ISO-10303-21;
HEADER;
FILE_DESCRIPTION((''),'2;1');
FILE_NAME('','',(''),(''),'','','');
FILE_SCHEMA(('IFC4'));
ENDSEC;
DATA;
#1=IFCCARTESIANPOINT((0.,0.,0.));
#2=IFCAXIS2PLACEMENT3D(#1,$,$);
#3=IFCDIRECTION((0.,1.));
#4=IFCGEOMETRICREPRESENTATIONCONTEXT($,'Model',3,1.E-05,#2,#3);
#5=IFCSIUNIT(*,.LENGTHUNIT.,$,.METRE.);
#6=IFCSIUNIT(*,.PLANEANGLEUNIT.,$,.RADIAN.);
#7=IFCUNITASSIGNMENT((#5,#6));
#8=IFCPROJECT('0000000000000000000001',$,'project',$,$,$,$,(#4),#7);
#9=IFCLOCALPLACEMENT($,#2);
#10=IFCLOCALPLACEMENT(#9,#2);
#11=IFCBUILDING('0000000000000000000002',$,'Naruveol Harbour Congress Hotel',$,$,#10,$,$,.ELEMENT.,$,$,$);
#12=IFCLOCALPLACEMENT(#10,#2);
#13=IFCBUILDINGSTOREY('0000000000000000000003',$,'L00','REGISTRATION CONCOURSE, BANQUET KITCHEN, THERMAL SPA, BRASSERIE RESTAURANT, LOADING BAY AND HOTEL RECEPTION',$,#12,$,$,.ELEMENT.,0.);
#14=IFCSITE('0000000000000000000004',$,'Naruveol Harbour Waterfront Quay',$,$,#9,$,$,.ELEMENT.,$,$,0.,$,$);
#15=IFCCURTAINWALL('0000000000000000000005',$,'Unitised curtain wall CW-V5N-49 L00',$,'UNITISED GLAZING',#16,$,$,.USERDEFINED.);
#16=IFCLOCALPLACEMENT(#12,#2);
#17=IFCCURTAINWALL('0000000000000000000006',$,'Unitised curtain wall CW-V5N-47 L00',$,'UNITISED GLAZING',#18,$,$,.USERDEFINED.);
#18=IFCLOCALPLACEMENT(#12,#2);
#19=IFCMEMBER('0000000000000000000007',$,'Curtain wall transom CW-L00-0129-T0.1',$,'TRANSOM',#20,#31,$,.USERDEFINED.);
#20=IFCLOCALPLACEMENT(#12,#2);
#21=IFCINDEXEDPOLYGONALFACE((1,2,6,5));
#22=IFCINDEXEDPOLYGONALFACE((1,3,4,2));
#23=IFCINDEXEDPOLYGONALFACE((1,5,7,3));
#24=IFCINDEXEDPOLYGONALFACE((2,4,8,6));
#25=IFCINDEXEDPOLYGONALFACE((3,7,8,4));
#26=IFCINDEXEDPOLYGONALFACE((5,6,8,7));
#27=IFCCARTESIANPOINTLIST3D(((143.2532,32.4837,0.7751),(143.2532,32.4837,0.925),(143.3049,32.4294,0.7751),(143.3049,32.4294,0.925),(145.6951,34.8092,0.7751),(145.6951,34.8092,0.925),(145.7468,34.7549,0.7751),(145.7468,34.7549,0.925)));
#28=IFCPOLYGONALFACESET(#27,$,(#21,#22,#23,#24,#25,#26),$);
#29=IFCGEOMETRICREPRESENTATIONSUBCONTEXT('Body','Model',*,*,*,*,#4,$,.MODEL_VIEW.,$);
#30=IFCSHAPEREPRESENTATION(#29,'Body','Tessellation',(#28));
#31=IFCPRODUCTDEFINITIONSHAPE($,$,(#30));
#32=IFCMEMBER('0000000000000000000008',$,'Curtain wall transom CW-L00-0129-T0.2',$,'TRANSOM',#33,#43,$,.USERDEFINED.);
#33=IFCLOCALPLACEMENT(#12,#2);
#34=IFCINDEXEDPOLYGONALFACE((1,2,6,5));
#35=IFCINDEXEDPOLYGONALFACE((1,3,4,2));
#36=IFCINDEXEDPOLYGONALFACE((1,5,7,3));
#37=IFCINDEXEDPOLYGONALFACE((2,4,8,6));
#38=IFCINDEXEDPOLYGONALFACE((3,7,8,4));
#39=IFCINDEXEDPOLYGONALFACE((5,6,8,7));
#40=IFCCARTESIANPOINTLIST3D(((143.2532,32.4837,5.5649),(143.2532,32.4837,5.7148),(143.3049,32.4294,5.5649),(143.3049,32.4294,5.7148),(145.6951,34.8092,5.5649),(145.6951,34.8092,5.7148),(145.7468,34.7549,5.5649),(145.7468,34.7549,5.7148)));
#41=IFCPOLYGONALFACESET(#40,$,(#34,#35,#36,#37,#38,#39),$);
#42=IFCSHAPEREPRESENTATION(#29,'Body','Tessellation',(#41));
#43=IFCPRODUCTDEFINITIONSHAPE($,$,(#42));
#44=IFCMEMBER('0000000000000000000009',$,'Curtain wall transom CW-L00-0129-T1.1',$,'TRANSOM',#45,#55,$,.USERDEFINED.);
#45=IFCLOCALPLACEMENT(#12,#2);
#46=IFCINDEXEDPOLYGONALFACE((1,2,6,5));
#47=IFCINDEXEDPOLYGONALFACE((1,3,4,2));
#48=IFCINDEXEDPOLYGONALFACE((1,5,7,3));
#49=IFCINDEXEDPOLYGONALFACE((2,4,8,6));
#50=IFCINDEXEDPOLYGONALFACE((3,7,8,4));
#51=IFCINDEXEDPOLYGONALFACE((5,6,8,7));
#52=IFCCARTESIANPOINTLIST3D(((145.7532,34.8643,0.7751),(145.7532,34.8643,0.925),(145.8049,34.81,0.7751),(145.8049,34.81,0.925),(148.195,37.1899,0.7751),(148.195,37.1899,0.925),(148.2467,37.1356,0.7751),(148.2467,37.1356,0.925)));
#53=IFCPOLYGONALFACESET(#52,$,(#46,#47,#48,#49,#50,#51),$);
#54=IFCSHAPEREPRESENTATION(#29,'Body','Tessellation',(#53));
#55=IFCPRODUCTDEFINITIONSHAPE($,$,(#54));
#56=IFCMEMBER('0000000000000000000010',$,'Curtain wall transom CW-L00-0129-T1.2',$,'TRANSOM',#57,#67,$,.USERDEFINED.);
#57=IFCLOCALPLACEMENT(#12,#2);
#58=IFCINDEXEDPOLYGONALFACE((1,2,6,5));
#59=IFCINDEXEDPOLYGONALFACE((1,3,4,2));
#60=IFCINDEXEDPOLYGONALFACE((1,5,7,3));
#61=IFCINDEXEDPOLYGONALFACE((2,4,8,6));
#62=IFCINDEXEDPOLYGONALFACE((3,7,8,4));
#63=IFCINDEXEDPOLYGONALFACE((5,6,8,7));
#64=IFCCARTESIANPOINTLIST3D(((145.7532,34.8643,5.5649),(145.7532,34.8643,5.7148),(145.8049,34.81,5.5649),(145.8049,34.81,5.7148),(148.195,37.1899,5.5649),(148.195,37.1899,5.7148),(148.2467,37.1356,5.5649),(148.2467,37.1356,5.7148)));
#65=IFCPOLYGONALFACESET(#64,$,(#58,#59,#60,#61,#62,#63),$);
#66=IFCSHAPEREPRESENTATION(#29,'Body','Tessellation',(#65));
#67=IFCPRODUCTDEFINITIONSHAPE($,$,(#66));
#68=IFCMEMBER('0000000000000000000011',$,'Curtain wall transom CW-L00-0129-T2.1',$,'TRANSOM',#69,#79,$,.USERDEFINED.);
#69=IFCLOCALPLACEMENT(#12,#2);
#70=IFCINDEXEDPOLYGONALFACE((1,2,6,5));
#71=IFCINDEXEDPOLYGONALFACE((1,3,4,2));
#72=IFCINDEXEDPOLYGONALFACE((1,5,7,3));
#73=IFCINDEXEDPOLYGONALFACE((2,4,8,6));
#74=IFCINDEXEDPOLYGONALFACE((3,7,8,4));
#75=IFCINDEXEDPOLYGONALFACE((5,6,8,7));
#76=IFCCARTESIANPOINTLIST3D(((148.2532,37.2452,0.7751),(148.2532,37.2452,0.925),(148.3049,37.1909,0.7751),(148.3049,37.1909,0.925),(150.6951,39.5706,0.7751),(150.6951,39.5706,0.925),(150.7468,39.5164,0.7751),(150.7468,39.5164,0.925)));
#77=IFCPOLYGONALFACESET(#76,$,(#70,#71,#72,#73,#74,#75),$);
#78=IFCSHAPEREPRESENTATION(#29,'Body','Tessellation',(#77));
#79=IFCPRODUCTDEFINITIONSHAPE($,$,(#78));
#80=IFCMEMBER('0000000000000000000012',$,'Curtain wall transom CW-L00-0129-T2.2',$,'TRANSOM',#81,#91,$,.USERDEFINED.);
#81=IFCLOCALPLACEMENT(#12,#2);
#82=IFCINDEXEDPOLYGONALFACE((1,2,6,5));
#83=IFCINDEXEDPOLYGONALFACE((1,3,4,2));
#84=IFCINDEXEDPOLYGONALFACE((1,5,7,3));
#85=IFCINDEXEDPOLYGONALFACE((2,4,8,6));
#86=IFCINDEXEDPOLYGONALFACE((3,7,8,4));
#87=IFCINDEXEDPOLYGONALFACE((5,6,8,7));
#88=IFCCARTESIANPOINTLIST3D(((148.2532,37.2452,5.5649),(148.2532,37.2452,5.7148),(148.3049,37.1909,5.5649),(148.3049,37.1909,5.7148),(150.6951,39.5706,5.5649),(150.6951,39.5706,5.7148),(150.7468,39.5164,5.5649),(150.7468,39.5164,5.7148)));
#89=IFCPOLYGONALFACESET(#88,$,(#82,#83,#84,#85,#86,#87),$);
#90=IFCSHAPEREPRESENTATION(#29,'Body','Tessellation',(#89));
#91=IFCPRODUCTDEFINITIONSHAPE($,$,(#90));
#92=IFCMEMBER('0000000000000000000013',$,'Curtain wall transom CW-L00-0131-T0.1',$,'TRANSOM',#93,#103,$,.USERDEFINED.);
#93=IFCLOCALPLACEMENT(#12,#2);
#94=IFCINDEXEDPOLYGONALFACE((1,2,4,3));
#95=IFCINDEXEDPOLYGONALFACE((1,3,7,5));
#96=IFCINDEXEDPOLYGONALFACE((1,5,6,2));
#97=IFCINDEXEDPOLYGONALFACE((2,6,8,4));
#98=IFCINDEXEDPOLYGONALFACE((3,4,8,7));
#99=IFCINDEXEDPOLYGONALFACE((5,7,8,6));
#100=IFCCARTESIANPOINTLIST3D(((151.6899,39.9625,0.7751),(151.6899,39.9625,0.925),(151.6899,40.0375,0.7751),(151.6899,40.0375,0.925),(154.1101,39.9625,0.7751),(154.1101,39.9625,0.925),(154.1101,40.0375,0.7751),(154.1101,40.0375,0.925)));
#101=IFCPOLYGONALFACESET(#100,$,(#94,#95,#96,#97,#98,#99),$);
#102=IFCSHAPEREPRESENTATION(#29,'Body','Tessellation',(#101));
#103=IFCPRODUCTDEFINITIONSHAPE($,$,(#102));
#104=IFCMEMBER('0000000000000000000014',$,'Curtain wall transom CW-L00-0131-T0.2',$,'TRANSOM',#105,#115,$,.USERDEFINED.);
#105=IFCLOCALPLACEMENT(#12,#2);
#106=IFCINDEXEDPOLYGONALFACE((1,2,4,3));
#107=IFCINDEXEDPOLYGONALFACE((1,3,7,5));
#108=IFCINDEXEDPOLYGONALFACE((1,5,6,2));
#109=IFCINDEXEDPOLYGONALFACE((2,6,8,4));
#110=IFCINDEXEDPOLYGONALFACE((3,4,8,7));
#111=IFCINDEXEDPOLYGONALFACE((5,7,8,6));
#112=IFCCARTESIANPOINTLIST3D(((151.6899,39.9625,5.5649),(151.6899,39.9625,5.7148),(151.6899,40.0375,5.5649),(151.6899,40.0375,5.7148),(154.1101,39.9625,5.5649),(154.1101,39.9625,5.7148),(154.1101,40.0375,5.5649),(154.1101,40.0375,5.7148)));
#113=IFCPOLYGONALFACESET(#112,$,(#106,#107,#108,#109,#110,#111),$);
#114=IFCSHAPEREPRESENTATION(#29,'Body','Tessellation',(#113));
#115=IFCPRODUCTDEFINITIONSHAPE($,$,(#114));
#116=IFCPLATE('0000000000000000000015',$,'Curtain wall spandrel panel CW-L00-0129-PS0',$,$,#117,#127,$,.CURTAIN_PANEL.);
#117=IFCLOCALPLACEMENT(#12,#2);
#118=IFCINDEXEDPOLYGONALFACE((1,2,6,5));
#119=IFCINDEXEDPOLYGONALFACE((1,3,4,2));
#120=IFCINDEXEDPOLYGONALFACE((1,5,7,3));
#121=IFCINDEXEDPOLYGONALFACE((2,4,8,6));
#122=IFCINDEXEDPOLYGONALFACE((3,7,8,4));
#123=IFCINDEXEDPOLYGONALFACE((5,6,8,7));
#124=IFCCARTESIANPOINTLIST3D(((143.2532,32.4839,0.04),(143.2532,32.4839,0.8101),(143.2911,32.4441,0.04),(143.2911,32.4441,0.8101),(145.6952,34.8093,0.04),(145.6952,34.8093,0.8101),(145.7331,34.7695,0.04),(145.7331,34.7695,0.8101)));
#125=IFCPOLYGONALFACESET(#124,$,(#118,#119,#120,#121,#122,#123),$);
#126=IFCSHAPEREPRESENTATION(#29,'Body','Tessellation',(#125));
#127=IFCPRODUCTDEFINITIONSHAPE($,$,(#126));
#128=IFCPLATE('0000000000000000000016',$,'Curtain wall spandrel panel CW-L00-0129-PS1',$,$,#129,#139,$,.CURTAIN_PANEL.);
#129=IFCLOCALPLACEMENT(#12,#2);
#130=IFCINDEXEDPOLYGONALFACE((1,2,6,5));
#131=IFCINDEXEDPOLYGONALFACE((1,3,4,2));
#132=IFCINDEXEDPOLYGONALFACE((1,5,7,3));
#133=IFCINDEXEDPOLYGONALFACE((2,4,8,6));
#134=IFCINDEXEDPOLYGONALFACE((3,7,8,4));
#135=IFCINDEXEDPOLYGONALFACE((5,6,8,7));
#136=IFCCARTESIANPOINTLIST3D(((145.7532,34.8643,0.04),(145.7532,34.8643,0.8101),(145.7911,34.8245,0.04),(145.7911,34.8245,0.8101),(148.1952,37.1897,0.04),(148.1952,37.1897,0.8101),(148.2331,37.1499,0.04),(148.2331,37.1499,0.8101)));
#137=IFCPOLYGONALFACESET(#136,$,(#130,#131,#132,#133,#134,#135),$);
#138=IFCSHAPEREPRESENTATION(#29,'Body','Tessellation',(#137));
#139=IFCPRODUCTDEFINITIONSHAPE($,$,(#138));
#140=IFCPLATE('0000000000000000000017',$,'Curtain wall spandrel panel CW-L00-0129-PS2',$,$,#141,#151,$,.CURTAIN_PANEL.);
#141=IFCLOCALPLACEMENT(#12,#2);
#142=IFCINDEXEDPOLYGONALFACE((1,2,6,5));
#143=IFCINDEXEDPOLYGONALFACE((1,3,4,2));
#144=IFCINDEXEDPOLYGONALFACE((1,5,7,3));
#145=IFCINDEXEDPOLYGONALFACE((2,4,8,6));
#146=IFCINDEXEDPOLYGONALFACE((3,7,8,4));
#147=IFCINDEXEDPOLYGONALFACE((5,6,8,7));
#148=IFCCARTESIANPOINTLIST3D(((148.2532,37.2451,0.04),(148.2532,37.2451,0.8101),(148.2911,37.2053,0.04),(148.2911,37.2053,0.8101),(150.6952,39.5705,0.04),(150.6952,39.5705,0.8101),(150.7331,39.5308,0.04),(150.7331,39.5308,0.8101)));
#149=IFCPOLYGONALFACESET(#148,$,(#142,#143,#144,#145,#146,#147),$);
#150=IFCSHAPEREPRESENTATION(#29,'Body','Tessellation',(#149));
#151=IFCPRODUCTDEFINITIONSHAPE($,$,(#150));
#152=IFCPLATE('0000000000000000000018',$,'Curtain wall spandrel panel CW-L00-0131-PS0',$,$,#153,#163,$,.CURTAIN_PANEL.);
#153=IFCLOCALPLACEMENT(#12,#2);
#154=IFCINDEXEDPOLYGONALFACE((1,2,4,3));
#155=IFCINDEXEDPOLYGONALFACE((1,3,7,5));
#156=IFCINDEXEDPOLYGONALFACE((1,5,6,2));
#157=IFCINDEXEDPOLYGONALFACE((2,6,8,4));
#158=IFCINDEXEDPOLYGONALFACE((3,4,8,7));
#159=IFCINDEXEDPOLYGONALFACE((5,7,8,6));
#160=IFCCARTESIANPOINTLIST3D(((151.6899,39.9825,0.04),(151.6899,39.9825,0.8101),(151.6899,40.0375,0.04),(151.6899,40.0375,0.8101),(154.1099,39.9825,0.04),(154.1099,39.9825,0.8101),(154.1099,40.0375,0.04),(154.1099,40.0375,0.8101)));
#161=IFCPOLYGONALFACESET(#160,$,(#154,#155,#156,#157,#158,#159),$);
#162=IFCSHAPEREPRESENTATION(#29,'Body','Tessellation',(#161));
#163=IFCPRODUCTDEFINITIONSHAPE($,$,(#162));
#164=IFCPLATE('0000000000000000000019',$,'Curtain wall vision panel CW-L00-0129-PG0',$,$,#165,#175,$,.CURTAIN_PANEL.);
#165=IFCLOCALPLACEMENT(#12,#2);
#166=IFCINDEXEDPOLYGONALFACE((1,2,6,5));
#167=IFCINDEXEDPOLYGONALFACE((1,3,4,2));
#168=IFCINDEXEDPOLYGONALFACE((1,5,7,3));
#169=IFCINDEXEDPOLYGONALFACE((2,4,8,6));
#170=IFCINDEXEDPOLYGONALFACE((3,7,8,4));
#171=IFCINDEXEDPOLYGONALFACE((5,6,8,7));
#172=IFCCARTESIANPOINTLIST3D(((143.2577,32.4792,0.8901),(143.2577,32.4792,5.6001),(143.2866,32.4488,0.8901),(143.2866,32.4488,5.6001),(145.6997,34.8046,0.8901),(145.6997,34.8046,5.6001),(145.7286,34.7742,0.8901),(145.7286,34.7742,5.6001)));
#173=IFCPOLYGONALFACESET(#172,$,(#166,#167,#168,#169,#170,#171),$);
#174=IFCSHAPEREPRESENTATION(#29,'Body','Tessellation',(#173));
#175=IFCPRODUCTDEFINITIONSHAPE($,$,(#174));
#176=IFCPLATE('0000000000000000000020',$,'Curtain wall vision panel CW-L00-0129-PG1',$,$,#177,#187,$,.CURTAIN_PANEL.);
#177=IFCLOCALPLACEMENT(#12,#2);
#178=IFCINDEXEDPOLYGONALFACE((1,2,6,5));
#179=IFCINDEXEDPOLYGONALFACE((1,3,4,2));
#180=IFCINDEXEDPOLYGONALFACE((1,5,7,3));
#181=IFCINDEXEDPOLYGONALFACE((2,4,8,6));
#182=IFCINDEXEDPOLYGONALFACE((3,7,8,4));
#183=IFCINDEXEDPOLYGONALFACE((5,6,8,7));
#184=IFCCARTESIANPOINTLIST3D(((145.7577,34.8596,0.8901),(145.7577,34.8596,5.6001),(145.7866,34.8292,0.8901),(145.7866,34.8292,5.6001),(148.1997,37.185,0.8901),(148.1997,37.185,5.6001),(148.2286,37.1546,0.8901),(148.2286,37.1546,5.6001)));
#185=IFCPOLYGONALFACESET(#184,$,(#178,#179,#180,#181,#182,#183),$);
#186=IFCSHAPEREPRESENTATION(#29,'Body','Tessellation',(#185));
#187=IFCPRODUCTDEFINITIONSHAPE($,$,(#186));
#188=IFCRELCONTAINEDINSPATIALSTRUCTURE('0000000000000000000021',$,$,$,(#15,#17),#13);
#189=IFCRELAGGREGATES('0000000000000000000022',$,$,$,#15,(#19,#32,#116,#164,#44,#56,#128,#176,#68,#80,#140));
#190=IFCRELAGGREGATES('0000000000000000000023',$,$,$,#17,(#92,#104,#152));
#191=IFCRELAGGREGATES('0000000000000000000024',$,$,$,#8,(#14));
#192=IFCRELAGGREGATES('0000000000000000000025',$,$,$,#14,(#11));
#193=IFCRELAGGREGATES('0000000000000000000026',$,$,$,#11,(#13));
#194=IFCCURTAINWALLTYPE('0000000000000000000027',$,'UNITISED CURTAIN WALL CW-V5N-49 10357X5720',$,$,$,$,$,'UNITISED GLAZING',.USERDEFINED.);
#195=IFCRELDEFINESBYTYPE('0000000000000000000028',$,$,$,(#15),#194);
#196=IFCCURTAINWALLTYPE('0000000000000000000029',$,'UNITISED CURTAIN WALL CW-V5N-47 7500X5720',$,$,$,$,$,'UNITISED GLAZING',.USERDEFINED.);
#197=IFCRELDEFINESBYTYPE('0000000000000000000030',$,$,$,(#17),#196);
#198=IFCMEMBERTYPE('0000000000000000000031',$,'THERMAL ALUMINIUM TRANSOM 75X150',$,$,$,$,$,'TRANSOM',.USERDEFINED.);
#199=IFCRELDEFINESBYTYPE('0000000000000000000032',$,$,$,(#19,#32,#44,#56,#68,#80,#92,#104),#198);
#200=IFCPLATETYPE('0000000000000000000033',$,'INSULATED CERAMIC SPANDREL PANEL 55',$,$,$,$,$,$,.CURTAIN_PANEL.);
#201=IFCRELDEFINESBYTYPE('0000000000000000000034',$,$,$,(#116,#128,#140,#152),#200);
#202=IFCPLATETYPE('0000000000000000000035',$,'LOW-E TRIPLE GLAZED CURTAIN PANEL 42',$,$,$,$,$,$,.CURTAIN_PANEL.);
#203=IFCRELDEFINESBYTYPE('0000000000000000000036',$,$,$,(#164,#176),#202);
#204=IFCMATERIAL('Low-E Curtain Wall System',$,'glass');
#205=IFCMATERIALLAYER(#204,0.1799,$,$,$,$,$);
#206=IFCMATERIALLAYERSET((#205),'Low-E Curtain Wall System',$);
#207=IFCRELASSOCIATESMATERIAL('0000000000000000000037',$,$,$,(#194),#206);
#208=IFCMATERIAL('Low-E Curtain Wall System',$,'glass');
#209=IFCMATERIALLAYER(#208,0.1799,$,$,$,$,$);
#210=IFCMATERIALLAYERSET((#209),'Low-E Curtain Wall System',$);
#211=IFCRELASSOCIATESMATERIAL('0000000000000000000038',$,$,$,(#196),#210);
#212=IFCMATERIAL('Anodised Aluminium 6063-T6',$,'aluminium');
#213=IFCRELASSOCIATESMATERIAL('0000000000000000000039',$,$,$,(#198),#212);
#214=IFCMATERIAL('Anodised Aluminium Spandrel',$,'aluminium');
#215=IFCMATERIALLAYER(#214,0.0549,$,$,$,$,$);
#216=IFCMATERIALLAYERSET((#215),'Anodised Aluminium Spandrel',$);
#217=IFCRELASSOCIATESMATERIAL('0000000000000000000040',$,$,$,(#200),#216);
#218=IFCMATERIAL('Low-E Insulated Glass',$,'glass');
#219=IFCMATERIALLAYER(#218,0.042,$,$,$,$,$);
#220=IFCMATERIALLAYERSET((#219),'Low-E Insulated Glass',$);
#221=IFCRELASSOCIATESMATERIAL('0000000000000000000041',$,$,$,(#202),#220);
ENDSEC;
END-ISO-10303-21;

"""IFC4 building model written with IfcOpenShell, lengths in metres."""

from ifc_helpers import new_model, si_unit, direction, frame, origin, origin_2d, place, context, subcontext, project, spatial, rectangle, extrude, material, layer, layer_set, material_profile, profile_set, type_object, element, aggregate, save


model = new_model("IFC4")

# Units and contexts
model_context = context("Model", 3, precision=1e-05, world=origin(), true_north=direction((0.0, 1.0)))
body_context = subcontext(model_context, "Body", "Model", "MODEL_VIEW")
ifc_project = project(units=[si_unit("LENGTHUNIT", "METRE"), si_unit("PLANEANGLEUNIT", "RADIAN")], contexts=[model_context])

# Site, building, storey
site_placement = place(None, origin())
site = spatial("IfcSite", under=ifc_project, at=site_placement, Name="Naruveol Harbour Waterfront Quay", CompositionType="ELEMENT", RefElevation=0.0)
building_placement = place(site_placement, origin())
building = spatial("IfcBuilding", under=site, at=building_placement, Name="Naruveol Harbour Congress Hotel", CompositionType="ELEMENT")
storey_placement = place(building_placement, origin())
storey = spatial("IfcBuildingStorey", under=building, at=storey_placement, Name="L00", Description="REGISTRATION CONCOURSE, BANQUET KITCHEN, THERMAL SPA, BRASSERIE RESTAURANT, LOADING BAY AND HOTEL RECEPTION", CompositionType="ELEMENT", Elevation=0.0)

# Curtain wall
ifc_material_1 = material(Name="Low-E Curtain Wall System", Category="glass")
ifc_layer_1 = layer(ifc_material_1, 0.1799)
ifc_layer_set_1 = layer_set([ifc_layer_1], Name="Low-E Curtain Wall System")
curtain_wall_type_1 = type_object("IfcCurtainWallType", Name="UNITISED CURTAIN WALL CW-V5N-49 10357X5720", ElementType="UNITISED GLAZING", PredefinedType="USERDEFINED", material=ifc_layer_set_1)
curtain_wall_1_placement = place(storey_placement, origin())
curtain_wall_1 = element("IfcCurtainWall", 1, at=curtain_wall_1_placement, inside=storey, type_object=curtain_wall_type_1, Name="Unitised curtain wall CW-V5N-49 L00", ObjectType="UNITISED GLAZING", PredefinedType="USERDEFINED")

# Curtain wall
ifc_material_2 = material(Name="Low-E Curtain Wall System", Category="glass")
ifc_layer_2 = layer(ifc_material_2, 0.1799)
ifc_layer_set_2 = layer_set([ifc_layer_2], Name="Low-E Curtain Wall System")
curtain_wall_type_2 = type_object("IfcCurtainWallType", Name="UNITISED CURTAIN WALL CW-V5N-47 7500X5720", ElementType="UNITISED GLAZING", PredefinedType="USERDEFINED", material=ifc_layer_set_2)
curtain_wall_2_placement = place(storey_placement, origin())
curtain_wall_2 = element("IfcCurtainWall", 2, at=curtain_wall_2_placement, inside=storey, type_object=curtain_wall_type_2, Name="Unitised curtain wall CW-V5N-47 L00", ObjectType="UNITISED GLAZING", PredefinedType="USERDEFINED")

# Members
ifc_material_3 = material(Name="Anodised Aluminium 6063-T6", Category="aluminium")
ifc_material_profile_1 = material_profile(ifc_material_3, rectangle(XDim=0.075, YDim=0.1499, at=origin_2d()), Name="ALU-75x150")
ifc_profile_set_1 = profile_set([ifc_material_profile_1], Name="Anodised Aluminium 6063-T6")
member_type_1 = type_object("IfcMemberType", Name="THERMAL ALUMINIUM TRANSOM 75X150", ElementType="TRANSOM", PredefinedType="USERDEFINED", material=ifc_profile_set_1)
member_1_placement = place(storey_placement, frame((143.2791, 32.4565, 0.8501), z_axis=(0.724164, 0.689628, 0.0), x_axis=(-0.689628, 0.724164, 0.0)))
member_1 = element("IfcMember", 3, at=member_1_placement, type_object=member_type_1, Name="Curtain wall transom CW-L00-0129-T0.1", ObjectType="TRANSOM", PredefinedType="USERDEFINED", context=body_context, shape_type="SweptSolid", body=[
    extrude(rectangle(XDim=0.075, YDim=0.1499, at=origin_2d()), origin(), (0.0, 0.0, 1.0), 3.3721),
])
member_2_placement = place(storey_placement, frame((143.2791, 32.4565, 5.6399), z_axis=(0.724164, 0.689628, 0.0), x_axis=(-0.689628, 0.724164, 0.0)))
member_2 = element("IfcMember", 4, at=member_2_placement, type_object=member_type_1, Name="Curtain wall transom CW-L00-0129-T0.2", ObjectType="TRANSOM", PredefinedType="USERDEFINED", context=body_context, shape_type="SweptSolid", body=[
    extrude(rectangle(XDim=0.075, YDim=0.1499, at=origin_2d()), origin(), (0.0, 0.0, 1.0), 3.3721),
])
member_3_placement = place(storey_placement, frame((145.7791, 34.8372, 0.8501), z_axis=(0.724128, 0.689666, 0.0), x_axis=(-0.689666, 0.724128, 0.0)))
member_3 = element("IfcMember", 5, at=member_3_placement, type_object=member_type_1, Name="Curtain wall transom CW-L00-0129-T1.1", ObjectType="TRANSOM", PredefinedType="USERDEFINED", context=body_context, shape_type="SweptSolid", body=[
    extrude(rectangle(XDim=0.075, YDim=0.1499, at=origin_2d()), origin(), (0.0, 0.0, 1.0), 3.3721),
])
member_4_placement = place(storey_placement, frame((145.7791, 34.8372, 5.6399), z_axis=(0.724128, 0.689666, 0.0), x_axis=(-0.689666, 0.724128, 0.0)))
member_4 = element("IfcMember", 6, at=member_4_placement, type_object=member_type_1, Name="Curtain wall transom CW-L00-0129-T1.2", ObjectType="TRANSOM", PredefinedType="USERDEFINED", context=body_context, shape_type="SweptSolid", body=[
    extrude(rectangle(XDim=0.075, YDim=0.1499, at=origin_2d()), origin(), (0.0, 0.0, 1.0), 3.3721),
])
member_5_placement = place(storey_placement, frame((148.2791, 37.218, 0.8501), z_axis=(0.724164, 0.689628, 0.0), x_axis=(-0.689628, 0.724164, 0.0)))
member_5 = element("IfcMember", 7, at=member_5_placement, type_object=member_type_1, Name="Curtain wall transom CW-L00-0129-T2.1", ObjectType="TRANSOM", PredefinedType="USERDEFINED", context=body_context, shape_type="SweptSolid", body=[
    extrude(rectangle(XDim=0.075, YDim=0.1499, at=origin_2d()), origin(), (0.0, 0.0, 1.0), 3.3721),
])
member_6_placement = place(storey_placement, frame((148.2791, 37.218, 5.6399), z_axis=(0.724164, 0.689628, 0.0), x_axis=(-0.689628, 0.724164, 0.0)))
member_6 = element("IfcMember", 8, at=member_6_placement, type_object=member_type_1, Name="Curtain wall transom CW-L00-0129-T2.2", ObjectType="TRANSOM", PredefinedType="USERDEFINED", context=body_context, shape_type="SweptSolid", body=[
    extrude(rectangle(XDim=0.075, YDim=0.1499, at=origin_2d()), origin(), (0.0, 0.0, 1.0), 3.3721),
])
member_7_placement = place(storey_placement, frame((151.6899, 40.0, 0.8501), z_axis=(1.0, 0.0, 0.0), x_axis=(0.0, 1.0, 0.0)))
member_7 = element("IfcMember", 9, at=member_7_placement, type_object=member_type_1, Name="Curtain wall transom CW-L00-0131-T0.1", ObjectType="TRANSOM", PredefinedType="USERDEFINED", context=body_context, shape_type="SweptSolid", body=[
    extrude(rectangle(XDim=0.075, YDim=0.1499, at=origin_2d()), origin(), (0.0, 0.0, 1.0), 2.4202),
])
member_8_placement = place(storey_placement, frame((151.6899, 40.0, 5.6399), z_axis=(1.0, 0.0, 0.0), x_axis=(0.0, 1.0, 0.0)))
member_8 = element("IfcMember", 10, at=member_8_placement, type_object=member_type_1, Name="Curtain wall transom CW-L00-0131-T0.2", ObjectType="TRANSOM", PredefinedType="USERDEFINED", context=body_context, shape_type="SweptSolid", body=[
    extrude(rectangle(XDim=0.075, YDim=0.1499, at=origin_2d()), origin(), (0.0, 0.0, 1.0), 2.4202),
])

# Plates
ifc_material_4 = material(Name="Anodised Aluminium Spandrel", Category="aluminium")
ifc_layer_3 = layer(ifc_material_4, 0.0549)
ifc_layer_set_3 = layer_set([ifc_layer_3], Name="Anodised Aluminium Spandrel")
plate_type_1 = type_object("IfcPlateType", Name="INSULATED CERAMIC SPANDREL PANEL 55", PredefinedType="CURTAIN_PANEL", material=ifc_layer_set_3)
plate_1_placement = place(storey_placement, frame((144.4932, 33.6267, 0.04), z_axis=(0.0, 0.0, 1.0), x_axis=(0.724184, 0.689607, 0.0)))
plate_1 = element("IfcPlate", 11, at=plate_1_placement, type_object=plate_type_1, Name="Curtain wall spandrel panel CW-L00-0129-PS0", PredefinedType="CURTAIN_PANEL", context=body_context, shape_type="SweptSolid", body=[
    extrude(rectangle(XDim=3.3721, YDim=0.0549, at=origin_2d()), origin(), (0.0, 0.0, 1.0), 0.77),
])
plate_2_placement = place(storey_placement, frame((146.9932, 36.0071, 0.04), z_axis=(0.0, 0.0, 1.0), x_axis=(0.724184, 0.689607, 0.0)))
plate_2 = element("IfcPlate", 12, at=plate_2_placement, type_object=plate_type_1, Name="Curtain wall spandrel panel CW-L00-0129-PS1", PredefinedType="CURTAIN_PANEL", context=body_context, shape_type="SweptSolid", body=[
    extrude(rectangle(XDim=3.3721, YDim=0.0549, at=origin_2d()), origin(), (0.0, 0.0, 1.0), 0.77),
])
plate_3_placement = place(storey_placement, frame((149.4932, 38.3879, 0.04), z_axis=(0.0, 0.0, 1.0), x_axis=(0.724184, 0.689607, 0.0)))
plate_3 = element("IfcPlate", 13, at=plate_3_placement, type_object=plate_type_1, Name="Curtain wall spandrel panel CW-L00-0129-PS2", PredefinedType="CURTAIN_PANEL", context=body_context, shape_type="SweptSolid", body=[
    extrude(rectangle(XDim=3.3721, YDim=0.0549, at=origin_2d()), origin(), (0.0, 0.0, 1.0), 0.77),
])
plate_4_placement = place(storey_placement, frame((152.8999, 40.01, 0.04), z_axis=(0.0, 0.0, 1.0), x_axis=(1.0, 0.0, 0.0)))
plate_4 = element("IfcPlate", 14, at=plate_4_placement, type_object=plate_type_1, Name="Curtain wall spandrel panel CW-L00-0131-PS0", PredefinedType="CURTAIN_PANEL", context=body_context, shape_type="SweptSolid", body=[
    extrude(rectangle(XDim=2.4199, YDim=0.0549, at=origin_2d()), origin(), (0.0, 0.0, 1.0), 0.77),
])
ifc_material_5 = material(Name="Low-E Insulated Glass", Category="glass")
ifc_layer_4 = layer(ifc_material_5, 0.042)
ifc_layer_set_4 = layer_set([ifc_layer_4], Name="Low-E Insulated Glass")
plate_type_2 = type_object("IfcPlateType", Name="LOW-E TRIPLE GLAZED CURTAIN PANEL 42", PredefinedType="CURTAIN_PANEL", material=ifc_layer_set_4)
plate_5_placement = place(storey_placement, frame((144.4932, 33.6267, 0.8901), z_axis=(0.0, 0.0, 1.0), x_axis=(0.724184, 0.689607, 0.0)))
plate_5 = element("IfcPlate", 15, at=plate_5_placement, type_object=plate_type_2, Name="Curtain wall vision panel CW-L00-0129-PG0", PredefinedType="CURTAIN_PANEL", context=body_context, shape_type="SweptSolid", body=[
    extrude(rectangle(XDim=3.3721, YDim=0.042, at=origin_2d()), origin(), (0.0, 0.0, 1.0), 4.71),
])
plate_6_placement = place(storey_placement, frame((146.9932, 36.0071, 0.8901), z_axis=(0.0, 0.0, 1.0), x_axis=(0.724184, 0.689607, 0.0)))
plate_6 = element("IfcPlate", 16, at=plate_6_placement, type_object=plate_type_2, Name="Curtain wall vision panel CW-L00-0129-PG1", PredefinedType="CURTAIN_PANEL", context=body_context, shape_type="SweptSolid", body=[
    extrude(rectangle(XDim=3.3721, YDim=0.042, at=origin_2d()), origin(), (0.0, 0.0, 1.0), 4.71),
])
aggregate(curtain_wall_1, [member_1, member_2, plate_1, plate_5, member_3, member_4, plate_2, plate_6, member_5, member_6, plate_3])
aggregate(curtain_wall_2, [member_7, member_8, plate_4])

save(model, "model.ifc")
